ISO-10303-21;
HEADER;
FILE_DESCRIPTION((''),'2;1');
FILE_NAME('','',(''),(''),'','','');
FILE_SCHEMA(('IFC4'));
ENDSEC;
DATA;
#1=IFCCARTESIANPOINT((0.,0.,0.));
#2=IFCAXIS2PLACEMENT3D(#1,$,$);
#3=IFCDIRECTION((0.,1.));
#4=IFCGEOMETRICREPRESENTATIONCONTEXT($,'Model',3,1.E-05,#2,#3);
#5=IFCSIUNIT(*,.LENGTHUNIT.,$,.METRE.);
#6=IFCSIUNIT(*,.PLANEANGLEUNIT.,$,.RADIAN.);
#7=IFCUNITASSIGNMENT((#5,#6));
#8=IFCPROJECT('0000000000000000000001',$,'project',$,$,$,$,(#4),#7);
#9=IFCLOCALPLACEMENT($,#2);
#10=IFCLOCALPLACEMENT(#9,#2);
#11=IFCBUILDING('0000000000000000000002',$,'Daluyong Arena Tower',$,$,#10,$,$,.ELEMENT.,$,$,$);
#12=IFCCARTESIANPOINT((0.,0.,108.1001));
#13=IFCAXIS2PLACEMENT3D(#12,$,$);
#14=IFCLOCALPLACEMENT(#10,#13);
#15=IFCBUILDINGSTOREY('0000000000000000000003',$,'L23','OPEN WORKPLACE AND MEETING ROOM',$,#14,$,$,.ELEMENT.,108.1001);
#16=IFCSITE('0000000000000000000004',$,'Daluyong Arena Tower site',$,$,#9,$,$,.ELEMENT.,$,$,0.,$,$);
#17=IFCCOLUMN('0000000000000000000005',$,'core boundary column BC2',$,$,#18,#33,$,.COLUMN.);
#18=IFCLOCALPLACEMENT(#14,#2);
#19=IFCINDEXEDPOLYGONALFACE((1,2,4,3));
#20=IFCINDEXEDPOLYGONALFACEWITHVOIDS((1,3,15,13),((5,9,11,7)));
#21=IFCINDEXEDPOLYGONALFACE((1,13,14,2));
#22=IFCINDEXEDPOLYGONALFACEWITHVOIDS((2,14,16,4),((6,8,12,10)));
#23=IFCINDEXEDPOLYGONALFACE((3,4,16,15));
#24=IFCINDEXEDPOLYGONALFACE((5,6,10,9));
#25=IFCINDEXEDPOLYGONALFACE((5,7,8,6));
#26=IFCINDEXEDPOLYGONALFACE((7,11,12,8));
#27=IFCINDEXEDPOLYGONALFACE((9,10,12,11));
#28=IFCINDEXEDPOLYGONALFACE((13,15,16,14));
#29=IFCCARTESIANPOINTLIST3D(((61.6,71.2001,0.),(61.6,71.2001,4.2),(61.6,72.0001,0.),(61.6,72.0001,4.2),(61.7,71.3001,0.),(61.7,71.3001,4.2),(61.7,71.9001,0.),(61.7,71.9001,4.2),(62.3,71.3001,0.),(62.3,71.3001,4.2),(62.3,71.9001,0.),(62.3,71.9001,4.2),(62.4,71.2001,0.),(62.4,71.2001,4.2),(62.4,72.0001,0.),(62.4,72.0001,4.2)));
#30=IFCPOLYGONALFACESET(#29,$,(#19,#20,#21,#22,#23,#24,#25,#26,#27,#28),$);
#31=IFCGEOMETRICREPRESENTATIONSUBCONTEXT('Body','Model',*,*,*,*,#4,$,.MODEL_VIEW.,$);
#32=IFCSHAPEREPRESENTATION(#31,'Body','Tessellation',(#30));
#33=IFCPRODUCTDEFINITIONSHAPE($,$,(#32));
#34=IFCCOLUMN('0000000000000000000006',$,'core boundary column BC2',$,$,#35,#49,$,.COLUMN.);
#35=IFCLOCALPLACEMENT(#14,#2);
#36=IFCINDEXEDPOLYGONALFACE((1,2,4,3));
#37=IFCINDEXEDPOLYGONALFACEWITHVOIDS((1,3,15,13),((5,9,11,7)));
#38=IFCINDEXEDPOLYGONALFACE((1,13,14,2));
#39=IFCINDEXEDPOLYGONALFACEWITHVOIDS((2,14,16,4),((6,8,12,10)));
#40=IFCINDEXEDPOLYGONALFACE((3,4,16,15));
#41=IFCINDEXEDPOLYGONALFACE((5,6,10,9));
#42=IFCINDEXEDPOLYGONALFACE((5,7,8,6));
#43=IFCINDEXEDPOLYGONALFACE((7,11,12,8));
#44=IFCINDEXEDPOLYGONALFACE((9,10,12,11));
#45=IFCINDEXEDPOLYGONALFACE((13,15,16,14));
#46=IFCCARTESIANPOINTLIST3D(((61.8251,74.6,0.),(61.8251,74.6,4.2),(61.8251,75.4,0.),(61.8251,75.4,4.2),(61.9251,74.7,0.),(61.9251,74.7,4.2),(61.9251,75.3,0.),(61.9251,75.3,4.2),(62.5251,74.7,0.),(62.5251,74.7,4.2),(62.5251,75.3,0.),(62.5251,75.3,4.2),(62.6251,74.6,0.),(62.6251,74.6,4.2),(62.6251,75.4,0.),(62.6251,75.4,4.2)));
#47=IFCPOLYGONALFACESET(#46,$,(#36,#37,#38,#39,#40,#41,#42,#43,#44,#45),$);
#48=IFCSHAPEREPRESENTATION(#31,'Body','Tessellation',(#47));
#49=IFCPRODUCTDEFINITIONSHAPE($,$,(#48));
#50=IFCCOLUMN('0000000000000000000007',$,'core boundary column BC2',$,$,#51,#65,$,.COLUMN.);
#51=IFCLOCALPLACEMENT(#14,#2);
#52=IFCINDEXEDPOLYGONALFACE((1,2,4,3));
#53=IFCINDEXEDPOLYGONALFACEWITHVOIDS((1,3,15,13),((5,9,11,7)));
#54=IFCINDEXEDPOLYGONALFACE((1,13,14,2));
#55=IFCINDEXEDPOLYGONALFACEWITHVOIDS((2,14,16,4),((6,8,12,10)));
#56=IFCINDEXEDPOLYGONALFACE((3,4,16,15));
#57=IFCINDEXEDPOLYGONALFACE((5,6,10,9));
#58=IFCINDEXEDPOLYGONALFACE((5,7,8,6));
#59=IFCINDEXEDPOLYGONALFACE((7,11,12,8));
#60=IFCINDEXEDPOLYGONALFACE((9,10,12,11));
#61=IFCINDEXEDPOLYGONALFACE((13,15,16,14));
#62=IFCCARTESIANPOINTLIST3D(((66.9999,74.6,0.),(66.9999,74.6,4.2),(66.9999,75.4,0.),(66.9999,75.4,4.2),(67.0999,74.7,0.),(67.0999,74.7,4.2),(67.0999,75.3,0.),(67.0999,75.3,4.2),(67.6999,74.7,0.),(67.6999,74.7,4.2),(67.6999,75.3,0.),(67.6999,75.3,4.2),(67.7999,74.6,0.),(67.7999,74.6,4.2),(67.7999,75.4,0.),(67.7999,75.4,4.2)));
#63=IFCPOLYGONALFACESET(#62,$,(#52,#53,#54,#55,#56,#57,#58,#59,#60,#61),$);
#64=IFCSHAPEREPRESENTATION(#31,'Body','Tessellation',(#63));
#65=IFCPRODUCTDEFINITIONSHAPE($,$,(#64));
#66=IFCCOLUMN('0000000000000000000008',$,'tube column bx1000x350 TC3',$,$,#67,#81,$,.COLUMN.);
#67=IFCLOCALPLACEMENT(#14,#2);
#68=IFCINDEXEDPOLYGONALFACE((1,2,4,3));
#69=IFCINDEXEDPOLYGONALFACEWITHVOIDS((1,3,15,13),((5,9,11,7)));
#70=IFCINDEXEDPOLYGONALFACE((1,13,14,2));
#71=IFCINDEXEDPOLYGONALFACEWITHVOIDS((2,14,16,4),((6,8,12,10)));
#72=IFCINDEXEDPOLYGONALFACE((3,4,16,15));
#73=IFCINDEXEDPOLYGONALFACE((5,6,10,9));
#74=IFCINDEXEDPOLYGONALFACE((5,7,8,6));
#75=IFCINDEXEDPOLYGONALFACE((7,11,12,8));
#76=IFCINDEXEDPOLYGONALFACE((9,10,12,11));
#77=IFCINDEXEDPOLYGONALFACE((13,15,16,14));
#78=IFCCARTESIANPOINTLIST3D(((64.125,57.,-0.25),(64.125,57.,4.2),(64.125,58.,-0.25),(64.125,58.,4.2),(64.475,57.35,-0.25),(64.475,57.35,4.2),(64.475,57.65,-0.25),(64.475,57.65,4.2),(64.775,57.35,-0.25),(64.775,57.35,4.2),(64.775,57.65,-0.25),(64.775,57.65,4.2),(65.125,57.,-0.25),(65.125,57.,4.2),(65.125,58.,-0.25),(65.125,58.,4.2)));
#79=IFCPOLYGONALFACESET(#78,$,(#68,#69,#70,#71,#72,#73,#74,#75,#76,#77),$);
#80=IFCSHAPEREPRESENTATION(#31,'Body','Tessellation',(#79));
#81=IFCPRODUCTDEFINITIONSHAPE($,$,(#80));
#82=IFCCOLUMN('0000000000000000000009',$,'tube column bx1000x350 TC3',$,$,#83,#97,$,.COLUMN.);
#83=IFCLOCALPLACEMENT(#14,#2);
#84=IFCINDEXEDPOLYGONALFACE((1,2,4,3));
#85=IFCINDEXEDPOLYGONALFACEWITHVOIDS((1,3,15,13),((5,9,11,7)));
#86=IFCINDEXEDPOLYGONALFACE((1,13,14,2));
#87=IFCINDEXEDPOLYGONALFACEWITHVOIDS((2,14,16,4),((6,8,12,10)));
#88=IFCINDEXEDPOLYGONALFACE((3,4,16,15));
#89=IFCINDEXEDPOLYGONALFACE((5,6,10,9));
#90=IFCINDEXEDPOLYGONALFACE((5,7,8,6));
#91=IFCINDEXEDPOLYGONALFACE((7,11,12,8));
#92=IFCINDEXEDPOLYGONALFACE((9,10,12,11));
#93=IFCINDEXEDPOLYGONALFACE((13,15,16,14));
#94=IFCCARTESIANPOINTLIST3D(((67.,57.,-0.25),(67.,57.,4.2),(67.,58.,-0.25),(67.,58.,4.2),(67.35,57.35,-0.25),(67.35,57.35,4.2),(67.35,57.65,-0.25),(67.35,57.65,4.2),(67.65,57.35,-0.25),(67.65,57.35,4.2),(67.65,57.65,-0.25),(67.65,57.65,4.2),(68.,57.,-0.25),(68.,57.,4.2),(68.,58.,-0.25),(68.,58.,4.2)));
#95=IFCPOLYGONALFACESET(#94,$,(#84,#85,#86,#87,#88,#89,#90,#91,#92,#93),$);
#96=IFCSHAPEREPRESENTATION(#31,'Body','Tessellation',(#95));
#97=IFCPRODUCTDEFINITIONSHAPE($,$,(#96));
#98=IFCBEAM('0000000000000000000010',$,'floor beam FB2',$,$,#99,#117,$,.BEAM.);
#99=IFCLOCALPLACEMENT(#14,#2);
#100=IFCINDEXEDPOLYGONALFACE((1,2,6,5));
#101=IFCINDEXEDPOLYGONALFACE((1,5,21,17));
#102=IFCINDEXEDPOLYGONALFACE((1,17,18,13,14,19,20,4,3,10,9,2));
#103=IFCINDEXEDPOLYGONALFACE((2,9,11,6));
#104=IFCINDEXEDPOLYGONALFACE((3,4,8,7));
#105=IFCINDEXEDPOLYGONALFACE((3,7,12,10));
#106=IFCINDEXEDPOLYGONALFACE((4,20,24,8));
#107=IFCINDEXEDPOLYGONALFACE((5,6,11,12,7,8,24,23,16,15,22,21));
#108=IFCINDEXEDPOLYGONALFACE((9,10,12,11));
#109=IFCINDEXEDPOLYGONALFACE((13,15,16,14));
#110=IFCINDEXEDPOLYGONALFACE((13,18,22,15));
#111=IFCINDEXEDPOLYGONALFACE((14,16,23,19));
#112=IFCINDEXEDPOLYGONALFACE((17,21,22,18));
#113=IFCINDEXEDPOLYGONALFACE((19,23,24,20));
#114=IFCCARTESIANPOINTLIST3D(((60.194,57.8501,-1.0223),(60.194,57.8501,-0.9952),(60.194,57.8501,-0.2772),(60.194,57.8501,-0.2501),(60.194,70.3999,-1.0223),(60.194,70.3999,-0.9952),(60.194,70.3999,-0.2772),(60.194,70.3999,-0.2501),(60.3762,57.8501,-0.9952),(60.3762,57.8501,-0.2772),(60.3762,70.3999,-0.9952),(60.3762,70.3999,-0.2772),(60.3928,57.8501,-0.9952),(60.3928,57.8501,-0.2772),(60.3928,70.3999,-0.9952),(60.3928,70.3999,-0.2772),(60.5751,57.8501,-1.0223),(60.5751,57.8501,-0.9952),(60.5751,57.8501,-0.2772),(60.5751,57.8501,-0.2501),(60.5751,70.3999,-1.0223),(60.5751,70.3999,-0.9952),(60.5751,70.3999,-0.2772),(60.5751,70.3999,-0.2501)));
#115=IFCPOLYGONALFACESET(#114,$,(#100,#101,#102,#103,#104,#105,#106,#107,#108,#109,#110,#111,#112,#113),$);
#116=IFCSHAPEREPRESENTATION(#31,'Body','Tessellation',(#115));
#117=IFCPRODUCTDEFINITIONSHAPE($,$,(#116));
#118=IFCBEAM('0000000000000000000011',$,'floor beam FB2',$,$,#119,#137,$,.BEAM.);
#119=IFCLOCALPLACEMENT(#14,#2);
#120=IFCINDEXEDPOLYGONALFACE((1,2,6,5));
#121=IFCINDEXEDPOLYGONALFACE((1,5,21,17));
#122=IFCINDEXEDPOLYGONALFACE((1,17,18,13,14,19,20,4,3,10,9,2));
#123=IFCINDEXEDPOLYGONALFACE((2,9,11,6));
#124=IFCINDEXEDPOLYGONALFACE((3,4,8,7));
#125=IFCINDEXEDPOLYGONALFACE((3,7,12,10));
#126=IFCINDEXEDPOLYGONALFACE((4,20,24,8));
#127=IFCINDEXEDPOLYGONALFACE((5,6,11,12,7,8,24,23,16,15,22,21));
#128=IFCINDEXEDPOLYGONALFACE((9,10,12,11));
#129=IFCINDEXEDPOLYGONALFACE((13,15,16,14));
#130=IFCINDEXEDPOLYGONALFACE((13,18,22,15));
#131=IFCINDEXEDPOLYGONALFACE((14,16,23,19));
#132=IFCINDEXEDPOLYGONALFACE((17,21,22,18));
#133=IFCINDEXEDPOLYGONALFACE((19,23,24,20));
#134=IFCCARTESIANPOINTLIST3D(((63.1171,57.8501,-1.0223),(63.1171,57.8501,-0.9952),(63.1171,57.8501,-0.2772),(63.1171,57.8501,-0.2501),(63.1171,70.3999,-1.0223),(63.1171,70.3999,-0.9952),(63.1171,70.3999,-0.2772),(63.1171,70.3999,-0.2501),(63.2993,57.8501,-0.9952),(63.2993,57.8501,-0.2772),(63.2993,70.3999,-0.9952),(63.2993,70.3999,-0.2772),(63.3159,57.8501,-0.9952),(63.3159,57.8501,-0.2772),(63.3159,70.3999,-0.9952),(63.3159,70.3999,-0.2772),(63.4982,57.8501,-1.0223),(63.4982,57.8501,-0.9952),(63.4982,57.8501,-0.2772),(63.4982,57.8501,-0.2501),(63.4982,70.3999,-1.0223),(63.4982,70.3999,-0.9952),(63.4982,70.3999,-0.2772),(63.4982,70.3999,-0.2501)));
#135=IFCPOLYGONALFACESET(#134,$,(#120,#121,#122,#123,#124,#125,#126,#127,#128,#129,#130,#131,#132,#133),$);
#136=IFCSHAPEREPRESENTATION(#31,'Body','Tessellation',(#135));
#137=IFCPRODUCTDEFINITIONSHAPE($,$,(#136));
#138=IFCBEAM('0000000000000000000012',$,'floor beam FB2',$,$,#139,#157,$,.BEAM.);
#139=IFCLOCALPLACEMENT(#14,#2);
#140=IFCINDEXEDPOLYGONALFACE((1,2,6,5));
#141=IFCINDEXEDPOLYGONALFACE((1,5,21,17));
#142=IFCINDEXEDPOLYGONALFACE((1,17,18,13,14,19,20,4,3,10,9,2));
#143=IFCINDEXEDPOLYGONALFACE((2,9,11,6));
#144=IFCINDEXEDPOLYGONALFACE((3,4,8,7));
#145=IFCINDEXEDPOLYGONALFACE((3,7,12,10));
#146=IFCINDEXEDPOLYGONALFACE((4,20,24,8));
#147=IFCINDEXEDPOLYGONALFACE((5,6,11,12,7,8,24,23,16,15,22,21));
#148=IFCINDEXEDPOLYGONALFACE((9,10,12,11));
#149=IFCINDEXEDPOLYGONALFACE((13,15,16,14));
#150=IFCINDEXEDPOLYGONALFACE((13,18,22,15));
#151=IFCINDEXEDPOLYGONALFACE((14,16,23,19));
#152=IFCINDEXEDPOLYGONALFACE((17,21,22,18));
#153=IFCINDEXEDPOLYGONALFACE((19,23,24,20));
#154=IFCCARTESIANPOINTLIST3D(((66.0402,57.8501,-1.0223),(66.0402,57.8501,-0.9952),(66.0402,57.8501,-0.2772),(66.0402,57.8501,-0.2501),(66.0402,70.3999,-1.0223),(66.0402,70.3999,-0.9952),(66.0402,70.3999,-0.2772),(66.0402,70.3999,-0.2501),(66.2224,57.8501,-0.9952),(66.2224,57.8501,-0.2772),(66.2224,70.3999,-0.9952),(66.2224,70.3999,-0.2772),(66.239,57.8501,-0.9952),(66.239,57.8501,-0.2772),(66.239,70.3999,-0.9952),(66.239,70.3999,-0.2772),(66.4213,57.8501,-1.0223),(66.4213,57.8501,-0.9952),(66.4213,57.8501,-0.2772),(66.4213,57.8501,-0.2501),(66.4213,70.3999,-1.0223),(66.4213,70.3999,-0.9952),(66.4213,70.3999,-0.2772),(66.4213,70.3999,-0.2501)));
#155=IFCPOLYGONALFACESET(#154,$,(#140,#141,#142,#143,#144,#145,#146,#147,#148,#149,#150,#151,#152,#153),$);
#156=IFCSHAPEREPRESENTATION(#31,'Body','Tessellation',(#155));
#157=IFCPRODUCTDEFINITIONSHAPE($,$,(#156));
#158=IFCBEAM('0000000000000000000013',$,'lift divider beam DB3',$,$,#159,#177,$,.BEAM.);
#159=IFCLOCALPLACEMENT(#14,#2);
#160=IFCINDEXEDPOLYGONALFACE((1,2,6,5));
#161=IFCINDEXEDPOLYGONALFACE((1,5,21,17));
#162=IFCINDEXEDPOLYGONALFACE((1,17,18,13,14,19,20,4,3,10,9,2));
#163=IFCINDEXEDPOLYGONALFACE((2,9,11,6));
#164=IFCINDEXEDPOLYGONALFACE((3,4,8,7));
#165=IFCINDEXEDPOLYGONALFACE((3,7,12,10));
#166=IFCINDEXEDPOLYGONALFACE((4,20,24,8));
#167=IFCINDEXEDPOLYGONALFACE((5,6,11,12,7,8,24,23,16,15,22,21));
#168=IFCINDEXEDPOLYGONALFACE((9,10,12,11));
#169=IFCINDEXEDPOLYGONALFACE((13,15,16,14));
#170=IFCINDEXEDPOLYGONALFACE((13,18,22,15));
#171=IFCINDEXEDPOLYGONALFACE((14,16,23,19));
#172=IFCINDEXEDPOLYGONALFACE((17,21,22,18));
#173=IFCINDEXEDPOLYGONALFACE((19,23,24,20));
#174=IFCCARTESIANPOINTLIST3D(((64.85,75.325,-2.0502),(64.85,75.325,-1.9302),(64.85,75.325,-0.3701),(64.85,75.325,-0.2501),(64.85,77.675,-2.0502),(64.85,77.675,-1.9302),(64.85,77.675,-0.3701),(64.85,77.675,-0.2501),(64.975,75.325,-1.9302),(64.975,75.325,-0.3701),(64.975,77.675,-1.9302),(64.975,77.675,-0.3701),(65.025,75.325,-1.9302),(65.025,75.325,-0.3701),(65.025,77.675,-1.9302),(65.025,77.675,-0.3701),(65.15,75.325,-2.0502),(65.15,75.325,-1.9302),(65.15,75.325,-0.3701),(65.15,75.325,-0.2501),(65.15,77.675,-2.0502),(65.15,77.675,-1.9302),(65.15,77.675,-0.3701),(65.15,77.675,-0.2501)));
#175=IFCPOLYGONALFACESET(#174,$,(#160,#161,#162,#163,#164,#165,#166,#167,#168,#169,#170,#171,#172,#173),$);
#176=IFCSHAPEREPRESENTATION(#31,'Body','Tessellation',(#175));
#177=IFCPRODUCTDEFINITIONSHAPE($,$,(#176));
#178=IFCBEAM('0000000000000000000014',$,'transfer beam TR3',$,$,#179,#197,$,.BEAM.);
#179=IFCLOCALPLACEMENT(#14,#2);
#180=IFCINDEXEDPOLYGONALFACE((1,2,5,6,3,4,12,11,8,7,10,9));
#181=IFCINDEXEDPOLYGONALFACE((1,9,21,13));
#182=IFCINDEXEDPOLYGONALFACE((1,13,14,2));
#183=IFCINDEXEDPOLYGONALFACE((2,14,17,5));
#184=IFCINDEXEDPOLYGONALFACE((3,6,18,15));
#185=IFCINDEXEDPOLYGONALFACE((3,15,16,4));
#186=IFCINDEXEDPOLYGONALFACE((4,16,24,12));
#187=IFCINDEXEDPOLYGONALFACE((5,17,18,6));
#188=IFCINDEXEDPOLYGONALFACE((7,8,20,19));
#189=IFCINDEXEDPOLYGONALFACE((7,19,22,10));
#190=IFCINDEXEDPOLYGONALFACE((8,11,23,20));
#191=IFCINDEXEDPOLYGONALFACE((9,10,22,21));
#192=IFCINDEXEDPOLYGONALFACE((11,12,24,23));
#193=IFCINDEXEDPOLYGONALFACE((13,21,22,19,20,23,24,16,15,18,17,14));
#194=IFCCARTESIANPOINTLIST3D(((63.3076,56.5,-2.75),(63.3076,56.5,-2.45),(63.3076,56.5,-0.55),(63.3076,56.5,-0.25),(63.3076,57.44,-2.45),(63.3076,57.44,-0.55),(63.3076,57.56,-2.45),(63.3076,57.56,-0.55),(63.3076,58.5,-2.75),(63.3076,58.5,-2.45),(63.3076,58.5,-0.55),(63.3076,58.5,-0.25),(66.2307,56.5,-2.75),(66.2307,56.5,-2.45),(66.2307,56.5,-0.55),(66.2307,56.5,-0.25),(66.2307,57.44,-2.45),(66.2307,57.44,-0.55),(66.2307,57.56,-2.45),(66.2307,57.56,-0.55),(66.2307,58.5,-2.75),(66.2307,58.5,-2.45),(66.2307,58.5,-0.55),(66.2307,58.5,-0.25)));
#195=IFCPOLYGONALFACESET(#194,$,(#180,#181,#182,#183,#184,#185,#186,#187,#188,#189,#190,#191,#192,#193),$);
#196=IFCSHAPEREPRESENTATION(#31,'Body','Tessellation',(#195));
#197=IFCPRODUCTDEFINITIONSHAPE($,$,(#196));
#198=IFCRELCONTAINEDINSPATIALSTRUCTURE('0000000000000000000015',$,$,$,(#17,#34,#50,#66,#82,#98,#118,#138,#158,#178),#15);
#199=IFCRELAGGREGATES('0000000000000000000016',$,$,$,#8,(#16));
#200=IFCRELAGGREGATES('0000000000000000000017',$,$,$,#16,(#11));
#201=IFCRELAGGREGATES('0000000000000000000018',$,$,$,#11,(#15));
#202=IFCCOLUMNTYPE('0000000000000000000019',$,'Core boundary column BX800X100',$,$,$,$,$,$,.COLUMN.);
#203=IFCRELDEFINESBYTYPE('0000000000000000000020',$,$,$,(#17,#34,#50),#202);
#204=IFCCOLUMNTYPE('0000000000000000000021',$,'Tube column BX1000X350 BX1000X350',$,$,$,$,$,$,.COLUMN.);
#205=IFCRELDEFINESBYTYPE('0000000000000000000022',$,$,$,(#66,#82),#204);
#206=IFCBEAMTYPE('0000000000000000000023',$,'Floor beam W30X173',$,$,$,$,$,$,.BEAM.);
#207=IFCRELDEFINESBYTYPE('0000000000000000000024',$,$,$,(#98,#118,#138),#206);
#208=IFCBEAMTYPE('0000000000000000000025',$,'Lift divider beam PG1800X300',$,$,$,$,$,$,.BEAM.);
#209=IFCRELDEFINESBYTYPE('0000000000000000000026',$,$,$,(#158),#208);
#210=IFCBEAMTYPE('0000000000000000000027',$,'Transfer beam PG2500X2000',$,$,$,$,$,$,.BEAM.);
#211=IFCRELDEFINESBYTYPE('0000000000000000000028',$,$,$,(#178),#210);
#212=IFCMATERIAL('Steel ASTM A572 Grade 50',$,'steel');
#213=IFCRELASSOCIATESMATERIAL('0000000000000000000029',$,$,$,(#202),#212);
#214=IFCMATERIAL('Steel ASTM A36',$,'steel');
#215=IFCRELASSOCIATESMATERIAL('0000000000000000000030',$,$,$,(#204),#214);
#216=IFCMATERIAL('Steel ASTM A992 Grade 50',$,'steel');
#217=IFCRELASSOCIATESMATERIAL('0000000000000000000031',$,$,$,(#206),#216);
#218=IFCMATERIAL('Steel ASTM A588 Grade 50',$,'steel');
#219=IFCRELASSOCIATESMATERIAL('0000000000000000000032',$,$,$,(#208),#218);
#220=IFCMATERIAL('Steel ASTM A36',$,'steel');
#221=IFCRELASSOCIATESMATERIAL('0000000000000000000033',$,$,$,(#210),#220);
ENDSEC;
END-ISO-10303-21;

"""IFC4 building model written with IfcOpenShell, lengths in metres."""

from ifc_helpers import new_model, si_unit, direction, frame, origin, origin_2d, place, context, subcontext, project, spatial, hollow_rectangle, i_section, extrude, material, material_profile, profile_set, type_object, element, save


model = new_model("IFC4")

# Units and contexts
model_context = context("Model", 3, precision=1e-05, world=origin(), true_north=direction((0.0, 1.0)))
body_context = subcontext(model_context, "Body", "Model", "MODEL_VIEW")
ifc_project = project(units=[si_unit("LENGTHUNIT", "METRE"), si_unit("PLANEANGLEUNIT", "RADIAN")], contexts=[model_context])

# Site, building, storey
site_placement = place(None, origin())
site = spatial("IfcSite", under=ifc_project, at=site_placement, Name="Daluyong Arena Tower site", CompositionType="ELEMENT", RefElevation=0.0)
building_placement = place(site_placement, origin())
building = spatial("IfcBuilding", under=site, at=building_placement, Name="Daluyong Arena Tower", CompositionType="ELEMENT")
storey_placement = place(building_placement, frame((0.0, 0.0, 108.1001)))
storey = spatial("IfcBuildingStorey", under=building, at=storey_placement, Name="L23", Description="OPEN WORKPLACE AND MEETING ROOM", CompositionType="ELEMENT", Elevation=108.1001)

# Columns
ifc_material_1 = material(Name="Steel ASTM A572 Grade 50", Category="steel")
ifc_material_profile_1 = material_profile(ifc_material_1, hollow_rectangle(XDim=0.8, YDim=0.8, WallThickness=0.1, at=origin_2d()))
ifc_profile_set_1 = profile_set([ifc_material_profile_1], Name="Steel ASTM A572 Grade 50")
column_type_1 = type_object("IfcColumnType", Name="Core boundary column BX800X100", PredefinedType="COLUMN", material=ifc_profile_set_1)
for number, where, z_axis, x_axis, name in (
    (1, (62.0, 71.6001, 0.0), (0.0, 0.0, 1.0), (1.0, 0.0, 0.0), "core boundary column BC2"),
    (2, (62.2251, 75.0, 0.0), (0.0, 0.0, 1.0), (1.0, 0.0, 0.0), "core boundary column BC2"),
    (3, (67.3999, 75.0, 0.0), (0.0, 0.0, 1.0), (1.0, 0.0, 0.0), "core boundary column BC2"),
):
    element("IfcColumn", number, at=place(storey_placement, frame(where, z_axis=z_axis, x_axis=x_axis)), inside=storey, type_object=column_type_1, Name=name, PredefinedType="COLUMN", context=body_context, shape_type="SweptSolid", body=[
        extrude(hollow_rectangle(XDim=0.8, YDim=0.8, WallThickness=0.1, at=origin_2d()), origin(), (0.0, 0.0, 1.0), 4.2),
    ])
ifc_material_2 = material(Name="Steel ASTM A36", Category="steel")
ifc_material_profile_2 = material_profile(ifc_material_2, hollow_rectangle(XDim=1.0, YDim=1.0, WallThickness=0.35, at=origin_2d()))
ifc_profile_set_2 = profile_set([ifc_material_profile_2], Name="Steel ASTM A36")
column_type_2 = type_object("IfcColumnType", Name="Tube column BX1000X350 BX1000X350", PredefinedType="COLUMN", material=ifc_profile_set_2)
for number, where, z_axis, x_axis, name in (
    (4, (64.625, 57.5, -0.25), (0.0, 0.0, 1.0), (1.0, 0.0, 0.0), "tube column bx1000x350 TC3"),
    (5, (67.5, 57.5, -0.25), (0.0, 0.0, 1.0), (1.0, 0.0, 0.0), "tube column bx1000x350 TC3"),
):
    element("IfcColumn", number, at=place(storey_placement, frame(where, z_axis=z_axis, x_axis=x_axis)), inside=storey, type_object=column_type_2, Name=name, PredefinedType="COLUMN", context=body_context, shape_type="SweptSolid", body=[
        extrude(hollow_rectangle(XDim=1.0, YDim=1.0, WallThickness=0.35, at=origin_2d()), origin(), (0.0, 0.0, 1.0), 4.45),
    ])

# Beams
ifc_material_3 = material(Name="Steel ASTM A992 Grade 50", Category="steel")
ifc_material_profile_3 = material_profile(ifc_material_3, i_section(OverallWidth=0.3811, OverallDepth=0.7722, WebThickness=0.0166, FlangeThickness=0.0271, at=origin_2d()))
ifc_profile_set_3 = profile_set([ifc_material_profile_3], Name="Steel ASTM A992 Grade 50")
beam_type_1 = type_object("IfcBeamType", Name="Floor beam W30X173", PredefinedType="BEAM", material=ifc_profile_set_3)
for number, where, z_axis, x_axis, name in (
    (6, (60.3845, 57.8501, -0.6362), (0.0, 1.0, 0.0), (-1.0, 0.0, 0.0), "floor beam FB2"),
    (7, (63.3076, 57.8501, -0.6362), (0.0, 1.0, 0.0), (-1.0, 0.0, 0.0), "floor beam FB2"),
    (8, (66.2307, 57.8501, -0.6362), (0.0, 1.0, 0.0), (-1.0, 0.0, 0.0), "floor beam FB2"),
):
    element("IfcBeam", number, at=place(storey_placement, frame(where, z_axis=z_axis, x_axis=x_axis)), inside=storey, type_object=beam_type_1, Name=name, PredefinedType="BEAM", context=body_context, shape_type="SweptSolid", body=[
        extrude(i_section(OverallWidth=0.3811, OverallDepth=0.7722, WebThickness=0.0166, FlangeThickness=0.0271, at=origin_2d()), origin(), (0.0, 0.0, 1.0), 12.5498),
    ])
ifc_material_4 = material(Name="Steel ASTM A588 Grade 50", Category="steel")
ifc_material_profile_4 = material_profile(ifc_material_4, i_section(OverallWidth=0.3, OverallDepth=1.8, WebThickness=0.05, FlangeThickness=0.12, at=origin_2d()))
ifc_profile_set_4 = profile_set([ifc_material_profile_4], Name="Steel ASTM A588 Grade 50")
beam_type_2 = type_object("IfcBeamType", Name="Lift divider beam PG1800X300", PredefinedType="BEAM", material=ifc_profile_set_4)
beam_placement = place(storey_placement, frame((65.0, 75.325, -1.1501), z_axis=(0.0, 1.0, 0.0), x_axis=(-1.0, 0.0, 0.0)))
element("IfcBeam", 9, at=beam_placement, inside=storey, type_object=beam_type_2, Name="lift divider beam DB3", PredefinedType="BEAM", context=body_context, shape_type="SweptSolid", body=[
    extrude(i_section(OverallWidth=0.3, OverallDepth=1.8, WebThickness=0.05, FlangeThickness=0.12, at=origin_2d()), origin(), (0.0, 0.0, 1.0), 2.3501),
])
ifc_material_5 = material(Name="Steel ASTM A36", Category="steel")
ifc_material_profile_5 = material_profile(ifc_material_5, i_section(OverallWidth=2.0, OverallDepth=2.5, WebThickness=0.12, FlangeThickness=0.3, at=origin_2d()))
ifc_profile_set_5 = profile_set([ifc_material_profile_5], Name="Steel ASTM A36")
beam_type_3 = type_object("IfcBeamType", Name="Transfer beam PG2500X2000", PredefinedType="BEAM", material=ifc_profile_set_5)
for number, where, z_axis, x_axis, name in (
    (10, (63.3076, 57.5, -1.5), (1.0, 0.0, 0.0), (0.0, 1.0, 0.0), "transfer beam TR3"),
):
    element("IfcBeam", number, at=place(storey_placement, frame(where, z_axis=z_axis, x_axis=x_axis)), inside=storey, type_object=beam_type_3, Name=name, PredefinedType="BEAM", context=body_context, shape_type="SweptSolid", body=[
        extrude(i_section(OverallWidth=2.0, OverallDepth=2.5, WebThickness=0.12, FlangeThickness=0.3, at=origin_2d()), origin(), (0.0, 0.0, 1.0), 2.9231),
    ])

save(model, "model.ifc")
